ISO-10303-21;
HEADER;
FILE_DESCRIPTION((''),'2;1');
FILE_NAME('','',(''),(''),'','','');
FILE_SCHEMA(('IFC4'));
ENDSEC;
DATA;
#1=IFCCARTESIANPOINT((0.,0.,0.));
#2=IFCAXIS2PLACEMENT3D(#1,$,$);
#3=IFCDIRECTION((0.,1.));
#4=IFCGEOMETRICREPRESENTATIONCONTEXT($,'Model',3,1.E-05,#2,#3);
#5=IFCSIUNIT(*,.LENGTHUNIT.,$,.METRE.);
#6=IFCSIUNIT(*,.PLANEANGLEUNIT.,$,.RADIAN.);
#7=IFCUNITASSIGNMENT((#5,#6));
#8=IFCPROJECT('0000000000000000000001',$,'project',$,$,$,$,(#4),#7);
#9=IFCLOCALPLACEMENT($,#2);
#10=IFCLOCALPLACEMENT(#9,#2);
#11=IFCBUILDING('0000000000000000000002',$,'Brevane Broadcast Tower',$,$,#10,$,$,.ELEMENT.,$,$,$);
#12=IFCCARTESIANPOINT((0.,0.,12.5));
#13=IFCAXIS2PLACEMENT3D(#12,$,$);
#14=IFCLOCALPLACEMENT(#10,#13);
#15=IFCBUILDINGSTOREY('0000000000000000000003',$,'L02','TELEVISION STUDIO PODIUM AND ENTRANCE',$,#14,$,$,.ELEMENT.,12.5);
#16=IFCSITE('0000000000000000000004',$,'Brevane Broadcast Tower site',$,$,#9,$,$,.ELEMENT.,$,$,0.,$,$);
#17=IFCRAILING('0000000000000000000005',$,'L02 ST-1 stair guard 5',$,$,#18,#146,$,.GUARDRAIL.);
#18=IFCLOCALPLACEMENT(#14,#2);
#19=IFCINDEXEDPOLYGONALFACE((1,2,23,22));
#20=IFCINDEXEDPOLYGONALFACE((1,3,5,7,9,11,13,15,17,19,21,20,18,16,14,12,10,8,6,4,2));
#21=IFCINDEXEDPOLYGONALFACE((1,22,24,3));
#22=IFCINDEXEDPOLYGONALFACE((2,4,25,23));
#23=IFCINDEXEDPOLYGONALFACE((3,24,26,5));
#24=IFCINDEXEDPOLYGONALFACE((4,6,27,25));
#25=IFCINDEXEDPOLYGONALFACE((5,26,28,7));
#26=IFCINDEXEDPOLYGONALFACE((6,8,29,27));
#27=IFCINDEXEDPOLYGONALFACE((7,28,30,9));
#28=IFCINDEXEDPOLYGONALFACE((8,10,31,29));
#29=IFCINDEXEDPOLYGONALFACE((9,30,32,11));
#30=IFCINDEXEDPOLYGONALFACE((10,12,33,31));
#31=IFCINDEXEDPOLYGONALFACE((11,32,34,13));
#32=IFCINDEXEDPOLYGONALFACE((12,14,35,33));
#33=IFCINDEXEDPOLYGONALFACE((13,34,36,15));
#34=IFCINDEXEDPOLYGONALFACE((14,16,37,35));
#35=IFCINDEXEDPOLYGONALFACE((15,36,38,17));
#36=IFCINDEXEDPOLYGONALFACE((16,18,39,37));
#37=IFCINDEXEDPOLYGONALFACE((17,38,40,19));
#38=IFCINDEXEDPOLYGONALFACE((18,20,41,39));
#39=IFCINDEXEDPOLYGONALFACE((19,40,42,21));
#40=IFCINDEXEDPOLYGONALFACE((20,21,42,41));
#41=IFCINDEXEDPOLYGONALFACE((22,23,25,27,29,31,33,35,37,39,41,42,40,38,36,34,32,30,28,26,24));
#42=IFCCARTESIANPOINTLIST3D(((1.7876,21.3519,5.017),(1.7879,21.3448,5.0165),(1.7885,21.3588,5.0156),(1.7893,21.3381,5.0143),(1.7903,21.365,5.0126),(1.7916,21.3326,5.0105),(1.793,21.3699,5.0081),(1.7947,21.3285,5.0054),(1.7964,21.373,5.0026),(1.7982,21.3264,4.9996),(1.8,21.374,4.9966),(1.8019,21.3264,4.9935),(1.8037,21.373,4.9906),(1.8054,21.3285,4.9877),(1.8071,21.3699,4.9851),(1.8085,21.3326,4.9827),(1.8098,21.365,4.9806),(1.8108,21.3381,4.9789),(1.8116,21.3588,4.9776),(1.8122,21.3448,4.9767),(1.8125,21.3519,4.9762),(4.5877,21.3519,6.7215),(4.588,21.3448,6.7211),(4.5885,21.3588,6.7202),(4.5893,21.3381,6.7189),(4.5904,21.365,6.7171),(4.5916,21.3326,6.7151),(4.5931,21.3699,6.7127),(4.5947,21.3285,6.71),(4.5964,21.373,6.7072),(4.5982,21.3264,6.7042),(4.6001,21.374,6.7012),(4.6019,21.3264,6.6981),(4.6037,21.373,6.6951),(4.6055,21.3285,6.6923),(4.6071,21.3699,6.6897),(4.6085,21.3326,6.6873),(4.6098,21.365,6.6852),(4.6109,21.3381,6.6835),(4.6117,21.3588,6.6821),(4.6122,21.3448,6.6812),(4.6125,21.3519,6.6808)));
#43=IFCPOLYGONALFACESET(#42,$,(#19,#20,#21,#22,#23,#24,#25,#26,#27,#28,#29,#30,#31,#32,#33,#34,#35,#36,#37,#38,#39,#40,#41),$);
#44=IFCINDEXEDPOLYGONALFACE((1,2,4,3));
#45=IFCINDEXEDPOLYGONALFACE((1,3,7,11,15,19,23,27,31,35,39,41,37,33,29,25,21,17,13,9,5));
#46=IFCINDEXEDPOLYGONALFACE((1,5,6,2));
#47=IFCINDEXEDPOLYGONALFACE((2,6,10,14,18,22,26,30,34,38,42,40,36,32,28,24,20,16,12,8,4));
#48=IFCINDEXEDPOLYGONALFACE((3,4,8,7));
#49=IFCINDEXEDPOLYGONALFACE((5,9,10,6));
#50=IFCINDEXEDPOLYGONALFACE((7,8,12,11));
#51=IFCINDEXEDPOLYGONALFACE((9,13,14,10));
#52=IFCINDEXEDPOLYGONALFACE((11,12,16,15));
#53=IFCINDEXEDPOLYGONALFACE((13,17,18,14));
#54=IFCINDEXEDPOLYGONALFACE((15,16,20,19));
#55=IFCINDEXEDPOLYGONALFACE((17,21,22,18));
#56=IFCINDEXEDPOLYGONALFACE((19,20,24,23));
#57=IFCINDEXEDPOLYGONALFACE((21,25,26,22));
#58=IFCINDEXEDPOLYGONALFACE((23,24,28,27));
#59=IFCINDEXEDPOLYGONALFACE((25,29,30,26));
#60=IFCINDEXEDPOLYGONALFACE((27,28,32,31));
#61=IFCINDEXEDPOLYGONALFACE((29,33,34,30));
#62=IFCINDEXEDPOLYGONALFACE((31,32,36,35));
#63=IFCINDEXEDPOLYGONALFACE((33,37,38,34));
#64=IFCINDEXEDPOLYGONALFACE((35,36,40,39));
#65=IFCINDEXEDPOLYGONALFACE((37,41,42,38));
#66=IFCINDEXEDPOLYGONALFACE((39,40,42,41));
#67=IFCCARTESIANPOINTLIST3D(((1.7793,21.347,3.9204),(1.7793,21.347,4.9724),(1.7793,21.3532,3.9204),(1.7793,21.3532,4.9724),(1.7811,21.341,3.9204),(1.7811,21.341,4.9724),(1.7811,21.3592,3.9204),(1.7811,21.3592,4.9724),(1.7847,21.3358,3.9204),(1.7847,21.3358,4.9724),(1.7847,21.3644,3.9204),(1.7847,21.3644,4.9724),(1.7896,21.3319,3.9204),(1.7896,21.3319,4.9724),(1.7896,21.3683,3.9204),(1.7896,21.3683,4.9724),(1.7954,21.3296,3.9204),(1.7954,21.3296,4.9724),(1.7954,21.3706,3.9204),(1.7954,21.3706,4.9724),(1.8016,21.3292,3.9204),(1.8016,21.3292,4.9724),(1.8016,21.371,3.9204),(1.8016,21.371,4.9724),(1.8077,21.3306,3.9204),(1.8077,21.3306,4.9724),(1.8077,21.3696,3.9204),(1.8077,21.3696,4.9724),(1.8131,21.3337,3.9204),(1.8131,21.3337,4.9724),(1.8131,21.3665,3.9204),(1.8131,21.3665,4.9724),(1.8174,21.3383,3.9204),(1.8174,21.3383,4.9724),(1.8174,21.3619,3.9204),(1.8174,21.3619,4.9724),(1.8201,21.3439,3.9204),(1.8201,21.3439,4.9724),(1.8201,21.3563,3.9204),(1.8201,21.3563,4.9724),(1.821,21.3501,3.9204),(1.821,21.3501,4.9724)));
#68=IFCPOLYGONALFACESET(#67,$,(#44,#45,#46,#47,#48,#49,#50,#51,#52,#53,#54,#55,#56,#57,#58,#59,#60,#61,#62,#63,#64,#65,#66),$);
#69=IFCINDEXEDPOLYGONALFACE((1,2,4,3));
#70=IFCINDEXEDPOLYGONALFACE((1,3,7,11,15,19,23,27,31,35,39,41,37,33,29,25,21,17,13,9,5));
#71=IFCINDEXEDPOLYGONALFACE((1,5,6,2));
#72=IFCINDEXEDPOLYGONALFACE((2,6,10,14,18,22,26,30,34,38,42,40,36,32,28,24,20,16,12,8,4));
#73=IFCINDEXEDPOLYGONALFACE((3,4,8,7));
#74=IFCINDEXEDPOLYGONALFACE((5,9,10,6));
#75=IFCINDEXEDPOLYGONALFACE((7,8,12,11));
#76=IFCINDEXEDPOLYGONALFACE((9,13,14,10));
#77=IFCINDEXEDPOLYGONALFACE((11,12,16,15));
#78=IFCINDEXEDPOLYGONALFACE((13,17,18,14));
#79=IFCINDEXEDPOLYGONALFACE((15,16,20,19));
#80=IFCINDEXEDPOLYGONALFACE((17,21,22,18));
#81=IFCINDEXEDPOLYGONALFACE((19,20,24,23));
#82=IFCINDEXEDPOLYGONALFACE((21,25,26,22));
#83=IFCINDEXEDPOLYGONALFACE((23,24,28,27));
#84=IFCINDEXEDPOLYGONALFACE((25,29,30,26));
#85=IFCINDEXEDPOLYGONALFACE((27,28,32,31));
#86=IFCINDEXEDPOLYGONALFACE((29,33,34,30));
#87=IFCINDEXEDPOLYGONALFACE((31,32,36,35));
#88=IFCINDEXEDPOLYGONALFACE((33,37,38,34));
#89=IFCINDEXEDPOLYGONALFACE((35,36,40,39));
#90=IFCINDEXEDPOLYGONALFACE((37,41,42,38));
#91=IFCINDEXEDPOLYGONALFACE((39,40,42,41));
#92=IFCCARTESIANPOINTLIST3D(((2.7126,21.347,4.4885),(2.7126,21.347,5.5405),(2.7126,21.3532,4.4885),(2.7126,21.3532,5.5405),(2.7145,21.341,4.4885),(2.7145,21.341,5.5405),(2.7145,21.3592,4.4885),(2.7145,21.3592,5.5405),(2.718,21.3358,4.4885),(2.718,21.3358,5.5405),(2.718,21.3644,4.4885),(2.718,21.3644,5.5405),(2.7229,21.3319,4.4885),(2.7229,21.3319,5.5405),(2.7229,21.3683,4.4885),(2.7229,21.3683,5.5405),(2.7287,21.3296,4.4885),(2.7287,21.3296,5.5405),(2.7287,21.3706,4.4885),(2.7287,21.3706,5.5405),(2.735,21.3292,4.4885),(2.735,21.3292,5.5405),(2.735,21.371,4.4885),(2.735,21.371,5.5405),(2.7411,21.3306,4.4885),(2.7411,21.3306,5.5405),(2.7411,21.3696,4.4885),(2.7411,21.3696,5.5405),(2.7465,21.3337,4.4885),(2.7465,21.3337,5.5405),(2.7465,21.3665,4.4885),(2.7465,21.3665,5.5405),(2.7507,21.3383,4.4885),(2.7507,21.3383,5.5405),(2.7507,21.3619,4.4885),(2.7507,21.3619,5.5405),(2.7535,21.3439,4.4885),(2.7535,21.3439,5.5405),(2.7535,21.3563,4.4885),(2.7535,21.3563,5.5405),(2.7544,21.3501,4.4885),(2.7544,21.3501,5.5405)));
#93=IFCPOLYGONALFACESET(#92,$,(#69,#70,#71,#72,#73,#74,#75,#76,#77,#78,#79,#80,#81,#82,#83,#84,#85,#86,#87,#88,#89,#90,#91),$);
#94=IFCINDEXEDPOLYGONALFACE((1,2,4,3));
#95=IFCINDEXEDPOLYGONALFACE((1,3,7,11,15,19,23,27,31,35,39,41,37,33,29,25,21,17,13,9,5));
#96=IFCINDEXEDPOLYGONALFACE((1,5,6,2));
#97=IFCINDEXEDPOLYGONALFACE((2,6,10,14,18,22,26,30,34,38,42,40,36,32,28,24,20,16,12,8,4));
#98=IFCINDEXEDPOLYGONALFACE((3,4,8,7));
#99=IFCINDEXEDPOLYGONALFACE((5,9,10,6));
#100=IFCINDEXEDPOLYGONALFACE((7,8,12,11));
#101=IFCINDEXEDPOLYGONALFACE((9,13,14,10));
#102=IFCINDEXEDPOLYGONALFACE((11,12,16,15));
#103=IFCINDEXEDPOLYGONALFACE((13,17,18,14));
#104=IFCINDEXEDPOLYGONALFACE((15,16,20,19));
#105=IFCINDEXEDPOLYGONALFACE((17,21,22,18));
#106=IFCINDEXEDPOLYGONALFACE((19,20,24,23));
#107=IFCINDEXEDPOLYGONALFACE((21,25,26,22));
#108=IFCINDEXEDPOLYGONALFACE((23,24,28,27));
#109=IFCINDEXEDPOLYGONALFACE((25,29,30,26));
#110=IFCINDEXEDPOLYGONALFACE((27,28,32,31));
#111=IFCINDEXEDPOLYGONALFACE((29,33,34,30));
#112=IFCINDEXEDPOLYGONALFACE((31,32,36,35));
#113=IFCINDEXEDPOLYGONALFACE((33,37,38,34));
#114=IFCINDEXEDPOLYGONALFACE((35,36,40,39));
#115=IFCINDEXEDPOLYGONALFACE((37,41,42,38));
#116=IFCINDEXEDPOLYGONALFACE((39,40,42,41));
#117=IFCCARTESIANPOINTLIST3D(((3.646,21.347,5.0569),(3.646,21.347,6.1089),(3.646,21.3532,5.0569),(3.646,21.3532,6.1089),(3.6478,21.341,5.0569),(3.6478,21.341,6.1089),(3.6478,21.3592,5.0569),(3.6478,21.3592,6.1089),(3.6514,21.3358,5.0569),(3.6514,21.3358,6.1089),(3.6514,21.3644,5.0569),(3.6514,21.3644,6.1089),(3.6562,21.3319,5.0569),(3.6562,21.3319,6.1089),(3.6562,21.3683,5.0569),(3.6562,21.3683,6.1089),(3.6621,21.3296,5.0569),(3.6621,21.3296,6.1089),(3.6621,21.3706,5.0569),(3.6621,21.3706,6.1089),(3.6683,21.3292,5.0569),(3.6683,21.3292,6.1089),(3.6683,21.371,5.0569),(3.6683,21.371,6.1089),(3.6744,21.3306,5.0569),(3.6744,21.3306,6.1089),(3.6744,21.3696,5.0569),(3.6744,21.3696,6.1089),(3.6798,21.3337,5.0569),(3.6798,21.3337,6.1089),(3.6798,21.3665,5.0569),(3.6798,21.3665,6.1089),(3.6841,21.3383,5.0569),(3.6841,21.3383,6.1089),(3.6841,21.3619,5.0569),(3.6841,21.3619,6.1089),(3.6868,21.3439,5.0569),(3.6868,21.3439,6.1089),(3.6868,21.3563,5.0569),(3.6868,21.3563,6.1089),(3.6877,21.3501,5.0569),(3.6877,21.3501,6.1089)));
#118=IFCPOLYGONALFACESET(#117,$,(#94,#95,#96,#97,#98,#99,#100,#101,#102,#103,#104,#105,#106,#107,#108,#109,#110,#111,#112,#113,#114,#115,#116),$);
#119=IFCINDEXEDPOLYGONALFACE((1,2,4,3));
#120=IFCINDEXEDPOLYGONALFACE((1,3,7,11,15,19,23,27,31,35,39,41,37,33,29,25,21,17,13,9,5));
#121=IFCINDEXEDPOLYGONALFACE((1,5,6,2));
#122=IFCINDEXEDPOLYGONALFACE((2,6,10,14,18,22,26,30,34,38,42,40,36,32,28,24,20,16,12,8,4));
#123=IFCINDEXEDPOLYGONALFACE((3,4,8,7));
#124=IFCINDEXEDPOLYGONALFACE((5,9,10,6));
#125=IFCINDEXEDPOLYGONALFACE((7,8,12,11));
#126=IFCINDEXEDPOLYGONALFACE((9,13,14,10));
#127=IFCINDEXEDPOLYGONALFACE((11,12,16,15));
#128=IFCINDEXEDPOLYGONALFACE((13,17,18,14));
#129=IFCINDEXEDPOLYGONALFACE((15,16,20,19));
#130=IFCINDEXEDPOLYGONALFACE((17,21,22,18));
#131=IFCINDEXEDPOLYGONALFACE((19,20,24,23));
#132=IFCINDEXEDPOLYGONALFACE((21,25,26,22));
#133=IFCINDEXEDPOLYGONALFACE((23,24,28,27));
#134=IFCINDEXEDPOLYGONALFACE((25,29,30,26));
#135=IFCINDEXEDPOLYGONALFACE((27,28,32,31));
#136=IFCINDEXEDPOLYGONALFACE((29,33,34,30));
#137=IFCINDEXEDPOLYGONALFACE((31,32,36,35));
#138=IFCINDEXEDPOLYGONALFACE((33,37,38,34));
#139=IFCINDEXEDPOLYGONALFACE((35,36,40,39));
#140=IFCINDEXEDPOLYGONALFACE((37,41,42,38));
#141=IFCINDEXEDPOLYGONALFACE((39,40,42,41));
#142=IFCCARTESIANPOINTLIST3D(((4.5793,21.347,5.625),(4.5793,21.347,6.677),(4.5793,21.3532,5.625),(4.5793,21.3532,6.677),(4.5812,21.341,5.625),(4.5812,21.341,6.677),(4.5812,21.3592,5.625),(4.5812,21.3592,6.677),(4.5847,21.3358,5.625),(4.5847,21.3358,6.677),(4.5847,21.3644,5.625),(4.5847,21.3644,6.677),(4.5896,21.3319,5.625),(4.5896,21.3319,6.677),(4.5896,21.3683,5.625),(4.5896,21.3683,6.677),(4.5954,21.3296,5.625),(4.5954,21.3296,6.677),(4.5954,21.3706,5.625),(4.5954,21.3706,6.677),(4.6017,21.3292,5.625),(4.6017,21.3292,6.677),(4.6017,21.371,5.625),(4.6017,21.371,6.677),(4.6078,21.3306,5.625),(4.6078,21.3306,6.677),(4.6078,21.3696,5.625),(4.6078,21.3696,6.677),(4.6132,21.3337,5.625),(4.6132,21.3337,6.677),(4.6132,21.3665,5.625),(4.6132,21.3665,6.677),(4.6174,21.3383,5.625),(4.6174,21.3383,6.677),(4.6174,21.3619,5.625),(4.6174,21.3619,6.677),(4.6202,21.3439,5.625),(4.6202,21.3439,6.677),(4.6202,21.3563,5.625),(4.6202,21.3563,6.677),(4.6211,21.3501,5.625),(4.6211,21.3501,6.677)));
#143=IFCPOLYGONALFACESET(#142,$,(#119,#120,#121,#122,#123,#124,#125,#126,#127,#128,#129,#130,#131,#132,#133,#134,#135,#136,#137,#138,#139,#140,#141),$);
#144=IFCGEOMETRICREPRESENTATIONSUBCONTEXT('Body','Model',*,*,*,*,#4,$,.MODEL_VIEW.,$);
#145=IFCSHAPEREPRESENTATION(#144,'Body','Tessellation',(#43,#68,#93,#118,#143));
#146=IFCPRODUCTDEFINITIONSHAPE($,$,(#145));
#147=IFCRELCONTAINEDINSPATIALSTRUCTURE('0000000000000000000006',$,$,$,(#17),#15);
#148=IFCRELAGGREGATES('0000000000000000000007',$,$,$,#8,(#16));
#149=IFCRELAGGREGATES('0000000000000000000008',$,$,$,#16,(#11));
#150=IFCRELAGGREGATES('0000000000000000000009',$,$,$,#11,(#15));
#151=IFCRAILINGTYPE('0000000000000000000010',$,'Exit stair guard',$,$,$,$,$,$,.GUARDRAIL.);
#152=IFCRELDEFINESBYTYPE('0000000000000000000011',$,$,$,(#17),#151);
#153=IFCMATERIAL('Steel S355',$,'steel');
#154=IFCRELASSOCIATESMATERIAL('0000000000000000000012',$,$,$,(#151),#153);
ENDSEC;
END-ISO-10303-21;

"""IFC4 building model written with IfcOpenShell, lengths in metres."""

from ifc_helpers import new_model, si_unit, direction, frame, origin, origin_2d, place, context, subcontext, project, spatial, circle, extrude, material, type_object, element, save


model = new_model("IFC4")

# Units and contexts
model_context = context("Model", 3, precision=1e-05, world=origin(), true_north=direction((0.0, 1.0)))
body_context = subcontext(model_context, "Body", "Model", "MODEL_VIEW")
ifc_project = project(units=[si_unit("LENGTHUNIT", "METRE"), si_unit("PLANEANGLEUNIT", "RADIAN")], contexts=[model_context])

# Site, building, storey
site_placement = place(None, origin())
site = spatial("IfcSite", under=ifc_project, at=site_placement, Name="Brevane Broadcast Tower site", CompositionType="ELEMENT", RefElevation=0.0)
building_placement = place(site_placement, origin())
building = spatial("IfcBuilding", under=site, at=building_placement, Name="Brevane Broadcast Tower", CompositionType="ELEMENT")
storey_placement = place(building_placement, frame((0.0, 0.0, 12.5)))
storey = spatial("IfcBuildingStorey", under=building, at=storey_placement, Name="L02", Description="TELEVISION STUDIO PODIUM AND ENTRANCE", CompositionType="ELEMENT", Elevation=12.5)

# Railing
ifc_material_1 = material(Name="Steel S355", Category="steel")
railing_type_1 = type_object("IfcRailingType", Name="Exit stair guard", PredefinedType="GUARDRAIL", material=ifc_material_1)
railing_1_placement = place(storey_placement, frame((1.8, 21.3501, 3.9204)))
element("IfcRailing", 1, at=railing_1_placement, inside=storey, type_object=railing_type_1, Name="L02 ST-1 stair guard 5", PredefinedType="GUARDRAIL", context=body_context, shape_type="SweptSolid", body=[
    extrude(circle(Radius=0.0239, at=origin_2d()), frame((0.0, 0.0, 1.0762), z_axis=(0.85417, 0.0, 0.519994), x_axis=(0.0, 1.0, 0.0)), (0.0, 0.0, 1.0), 3.2781),
    extrude(circle(Radius=0.021, at=origin_2d()), origin(), (0.0, 0.0, 1.0), 1.052),
    extrude(circle(Radius=0.021, at=origin_2d()), frame((0.9333, 0.0, 0.5681)), (0.0, 0.0, 1.0), 1.052),
    extrude(circle(Radius=0.021, at=origin_2d()), frame((1.8667, 0.0, 1.1365)), (0.0, 0.0, 1.0), 1.052),
    extrude(circle(Radius=0.021, at=origin_2d()), frame((2.8, 0.0, 1.7046)), (0.0, 0.0, 1.0), 1.052),
])

save(model, "model.ifc")
